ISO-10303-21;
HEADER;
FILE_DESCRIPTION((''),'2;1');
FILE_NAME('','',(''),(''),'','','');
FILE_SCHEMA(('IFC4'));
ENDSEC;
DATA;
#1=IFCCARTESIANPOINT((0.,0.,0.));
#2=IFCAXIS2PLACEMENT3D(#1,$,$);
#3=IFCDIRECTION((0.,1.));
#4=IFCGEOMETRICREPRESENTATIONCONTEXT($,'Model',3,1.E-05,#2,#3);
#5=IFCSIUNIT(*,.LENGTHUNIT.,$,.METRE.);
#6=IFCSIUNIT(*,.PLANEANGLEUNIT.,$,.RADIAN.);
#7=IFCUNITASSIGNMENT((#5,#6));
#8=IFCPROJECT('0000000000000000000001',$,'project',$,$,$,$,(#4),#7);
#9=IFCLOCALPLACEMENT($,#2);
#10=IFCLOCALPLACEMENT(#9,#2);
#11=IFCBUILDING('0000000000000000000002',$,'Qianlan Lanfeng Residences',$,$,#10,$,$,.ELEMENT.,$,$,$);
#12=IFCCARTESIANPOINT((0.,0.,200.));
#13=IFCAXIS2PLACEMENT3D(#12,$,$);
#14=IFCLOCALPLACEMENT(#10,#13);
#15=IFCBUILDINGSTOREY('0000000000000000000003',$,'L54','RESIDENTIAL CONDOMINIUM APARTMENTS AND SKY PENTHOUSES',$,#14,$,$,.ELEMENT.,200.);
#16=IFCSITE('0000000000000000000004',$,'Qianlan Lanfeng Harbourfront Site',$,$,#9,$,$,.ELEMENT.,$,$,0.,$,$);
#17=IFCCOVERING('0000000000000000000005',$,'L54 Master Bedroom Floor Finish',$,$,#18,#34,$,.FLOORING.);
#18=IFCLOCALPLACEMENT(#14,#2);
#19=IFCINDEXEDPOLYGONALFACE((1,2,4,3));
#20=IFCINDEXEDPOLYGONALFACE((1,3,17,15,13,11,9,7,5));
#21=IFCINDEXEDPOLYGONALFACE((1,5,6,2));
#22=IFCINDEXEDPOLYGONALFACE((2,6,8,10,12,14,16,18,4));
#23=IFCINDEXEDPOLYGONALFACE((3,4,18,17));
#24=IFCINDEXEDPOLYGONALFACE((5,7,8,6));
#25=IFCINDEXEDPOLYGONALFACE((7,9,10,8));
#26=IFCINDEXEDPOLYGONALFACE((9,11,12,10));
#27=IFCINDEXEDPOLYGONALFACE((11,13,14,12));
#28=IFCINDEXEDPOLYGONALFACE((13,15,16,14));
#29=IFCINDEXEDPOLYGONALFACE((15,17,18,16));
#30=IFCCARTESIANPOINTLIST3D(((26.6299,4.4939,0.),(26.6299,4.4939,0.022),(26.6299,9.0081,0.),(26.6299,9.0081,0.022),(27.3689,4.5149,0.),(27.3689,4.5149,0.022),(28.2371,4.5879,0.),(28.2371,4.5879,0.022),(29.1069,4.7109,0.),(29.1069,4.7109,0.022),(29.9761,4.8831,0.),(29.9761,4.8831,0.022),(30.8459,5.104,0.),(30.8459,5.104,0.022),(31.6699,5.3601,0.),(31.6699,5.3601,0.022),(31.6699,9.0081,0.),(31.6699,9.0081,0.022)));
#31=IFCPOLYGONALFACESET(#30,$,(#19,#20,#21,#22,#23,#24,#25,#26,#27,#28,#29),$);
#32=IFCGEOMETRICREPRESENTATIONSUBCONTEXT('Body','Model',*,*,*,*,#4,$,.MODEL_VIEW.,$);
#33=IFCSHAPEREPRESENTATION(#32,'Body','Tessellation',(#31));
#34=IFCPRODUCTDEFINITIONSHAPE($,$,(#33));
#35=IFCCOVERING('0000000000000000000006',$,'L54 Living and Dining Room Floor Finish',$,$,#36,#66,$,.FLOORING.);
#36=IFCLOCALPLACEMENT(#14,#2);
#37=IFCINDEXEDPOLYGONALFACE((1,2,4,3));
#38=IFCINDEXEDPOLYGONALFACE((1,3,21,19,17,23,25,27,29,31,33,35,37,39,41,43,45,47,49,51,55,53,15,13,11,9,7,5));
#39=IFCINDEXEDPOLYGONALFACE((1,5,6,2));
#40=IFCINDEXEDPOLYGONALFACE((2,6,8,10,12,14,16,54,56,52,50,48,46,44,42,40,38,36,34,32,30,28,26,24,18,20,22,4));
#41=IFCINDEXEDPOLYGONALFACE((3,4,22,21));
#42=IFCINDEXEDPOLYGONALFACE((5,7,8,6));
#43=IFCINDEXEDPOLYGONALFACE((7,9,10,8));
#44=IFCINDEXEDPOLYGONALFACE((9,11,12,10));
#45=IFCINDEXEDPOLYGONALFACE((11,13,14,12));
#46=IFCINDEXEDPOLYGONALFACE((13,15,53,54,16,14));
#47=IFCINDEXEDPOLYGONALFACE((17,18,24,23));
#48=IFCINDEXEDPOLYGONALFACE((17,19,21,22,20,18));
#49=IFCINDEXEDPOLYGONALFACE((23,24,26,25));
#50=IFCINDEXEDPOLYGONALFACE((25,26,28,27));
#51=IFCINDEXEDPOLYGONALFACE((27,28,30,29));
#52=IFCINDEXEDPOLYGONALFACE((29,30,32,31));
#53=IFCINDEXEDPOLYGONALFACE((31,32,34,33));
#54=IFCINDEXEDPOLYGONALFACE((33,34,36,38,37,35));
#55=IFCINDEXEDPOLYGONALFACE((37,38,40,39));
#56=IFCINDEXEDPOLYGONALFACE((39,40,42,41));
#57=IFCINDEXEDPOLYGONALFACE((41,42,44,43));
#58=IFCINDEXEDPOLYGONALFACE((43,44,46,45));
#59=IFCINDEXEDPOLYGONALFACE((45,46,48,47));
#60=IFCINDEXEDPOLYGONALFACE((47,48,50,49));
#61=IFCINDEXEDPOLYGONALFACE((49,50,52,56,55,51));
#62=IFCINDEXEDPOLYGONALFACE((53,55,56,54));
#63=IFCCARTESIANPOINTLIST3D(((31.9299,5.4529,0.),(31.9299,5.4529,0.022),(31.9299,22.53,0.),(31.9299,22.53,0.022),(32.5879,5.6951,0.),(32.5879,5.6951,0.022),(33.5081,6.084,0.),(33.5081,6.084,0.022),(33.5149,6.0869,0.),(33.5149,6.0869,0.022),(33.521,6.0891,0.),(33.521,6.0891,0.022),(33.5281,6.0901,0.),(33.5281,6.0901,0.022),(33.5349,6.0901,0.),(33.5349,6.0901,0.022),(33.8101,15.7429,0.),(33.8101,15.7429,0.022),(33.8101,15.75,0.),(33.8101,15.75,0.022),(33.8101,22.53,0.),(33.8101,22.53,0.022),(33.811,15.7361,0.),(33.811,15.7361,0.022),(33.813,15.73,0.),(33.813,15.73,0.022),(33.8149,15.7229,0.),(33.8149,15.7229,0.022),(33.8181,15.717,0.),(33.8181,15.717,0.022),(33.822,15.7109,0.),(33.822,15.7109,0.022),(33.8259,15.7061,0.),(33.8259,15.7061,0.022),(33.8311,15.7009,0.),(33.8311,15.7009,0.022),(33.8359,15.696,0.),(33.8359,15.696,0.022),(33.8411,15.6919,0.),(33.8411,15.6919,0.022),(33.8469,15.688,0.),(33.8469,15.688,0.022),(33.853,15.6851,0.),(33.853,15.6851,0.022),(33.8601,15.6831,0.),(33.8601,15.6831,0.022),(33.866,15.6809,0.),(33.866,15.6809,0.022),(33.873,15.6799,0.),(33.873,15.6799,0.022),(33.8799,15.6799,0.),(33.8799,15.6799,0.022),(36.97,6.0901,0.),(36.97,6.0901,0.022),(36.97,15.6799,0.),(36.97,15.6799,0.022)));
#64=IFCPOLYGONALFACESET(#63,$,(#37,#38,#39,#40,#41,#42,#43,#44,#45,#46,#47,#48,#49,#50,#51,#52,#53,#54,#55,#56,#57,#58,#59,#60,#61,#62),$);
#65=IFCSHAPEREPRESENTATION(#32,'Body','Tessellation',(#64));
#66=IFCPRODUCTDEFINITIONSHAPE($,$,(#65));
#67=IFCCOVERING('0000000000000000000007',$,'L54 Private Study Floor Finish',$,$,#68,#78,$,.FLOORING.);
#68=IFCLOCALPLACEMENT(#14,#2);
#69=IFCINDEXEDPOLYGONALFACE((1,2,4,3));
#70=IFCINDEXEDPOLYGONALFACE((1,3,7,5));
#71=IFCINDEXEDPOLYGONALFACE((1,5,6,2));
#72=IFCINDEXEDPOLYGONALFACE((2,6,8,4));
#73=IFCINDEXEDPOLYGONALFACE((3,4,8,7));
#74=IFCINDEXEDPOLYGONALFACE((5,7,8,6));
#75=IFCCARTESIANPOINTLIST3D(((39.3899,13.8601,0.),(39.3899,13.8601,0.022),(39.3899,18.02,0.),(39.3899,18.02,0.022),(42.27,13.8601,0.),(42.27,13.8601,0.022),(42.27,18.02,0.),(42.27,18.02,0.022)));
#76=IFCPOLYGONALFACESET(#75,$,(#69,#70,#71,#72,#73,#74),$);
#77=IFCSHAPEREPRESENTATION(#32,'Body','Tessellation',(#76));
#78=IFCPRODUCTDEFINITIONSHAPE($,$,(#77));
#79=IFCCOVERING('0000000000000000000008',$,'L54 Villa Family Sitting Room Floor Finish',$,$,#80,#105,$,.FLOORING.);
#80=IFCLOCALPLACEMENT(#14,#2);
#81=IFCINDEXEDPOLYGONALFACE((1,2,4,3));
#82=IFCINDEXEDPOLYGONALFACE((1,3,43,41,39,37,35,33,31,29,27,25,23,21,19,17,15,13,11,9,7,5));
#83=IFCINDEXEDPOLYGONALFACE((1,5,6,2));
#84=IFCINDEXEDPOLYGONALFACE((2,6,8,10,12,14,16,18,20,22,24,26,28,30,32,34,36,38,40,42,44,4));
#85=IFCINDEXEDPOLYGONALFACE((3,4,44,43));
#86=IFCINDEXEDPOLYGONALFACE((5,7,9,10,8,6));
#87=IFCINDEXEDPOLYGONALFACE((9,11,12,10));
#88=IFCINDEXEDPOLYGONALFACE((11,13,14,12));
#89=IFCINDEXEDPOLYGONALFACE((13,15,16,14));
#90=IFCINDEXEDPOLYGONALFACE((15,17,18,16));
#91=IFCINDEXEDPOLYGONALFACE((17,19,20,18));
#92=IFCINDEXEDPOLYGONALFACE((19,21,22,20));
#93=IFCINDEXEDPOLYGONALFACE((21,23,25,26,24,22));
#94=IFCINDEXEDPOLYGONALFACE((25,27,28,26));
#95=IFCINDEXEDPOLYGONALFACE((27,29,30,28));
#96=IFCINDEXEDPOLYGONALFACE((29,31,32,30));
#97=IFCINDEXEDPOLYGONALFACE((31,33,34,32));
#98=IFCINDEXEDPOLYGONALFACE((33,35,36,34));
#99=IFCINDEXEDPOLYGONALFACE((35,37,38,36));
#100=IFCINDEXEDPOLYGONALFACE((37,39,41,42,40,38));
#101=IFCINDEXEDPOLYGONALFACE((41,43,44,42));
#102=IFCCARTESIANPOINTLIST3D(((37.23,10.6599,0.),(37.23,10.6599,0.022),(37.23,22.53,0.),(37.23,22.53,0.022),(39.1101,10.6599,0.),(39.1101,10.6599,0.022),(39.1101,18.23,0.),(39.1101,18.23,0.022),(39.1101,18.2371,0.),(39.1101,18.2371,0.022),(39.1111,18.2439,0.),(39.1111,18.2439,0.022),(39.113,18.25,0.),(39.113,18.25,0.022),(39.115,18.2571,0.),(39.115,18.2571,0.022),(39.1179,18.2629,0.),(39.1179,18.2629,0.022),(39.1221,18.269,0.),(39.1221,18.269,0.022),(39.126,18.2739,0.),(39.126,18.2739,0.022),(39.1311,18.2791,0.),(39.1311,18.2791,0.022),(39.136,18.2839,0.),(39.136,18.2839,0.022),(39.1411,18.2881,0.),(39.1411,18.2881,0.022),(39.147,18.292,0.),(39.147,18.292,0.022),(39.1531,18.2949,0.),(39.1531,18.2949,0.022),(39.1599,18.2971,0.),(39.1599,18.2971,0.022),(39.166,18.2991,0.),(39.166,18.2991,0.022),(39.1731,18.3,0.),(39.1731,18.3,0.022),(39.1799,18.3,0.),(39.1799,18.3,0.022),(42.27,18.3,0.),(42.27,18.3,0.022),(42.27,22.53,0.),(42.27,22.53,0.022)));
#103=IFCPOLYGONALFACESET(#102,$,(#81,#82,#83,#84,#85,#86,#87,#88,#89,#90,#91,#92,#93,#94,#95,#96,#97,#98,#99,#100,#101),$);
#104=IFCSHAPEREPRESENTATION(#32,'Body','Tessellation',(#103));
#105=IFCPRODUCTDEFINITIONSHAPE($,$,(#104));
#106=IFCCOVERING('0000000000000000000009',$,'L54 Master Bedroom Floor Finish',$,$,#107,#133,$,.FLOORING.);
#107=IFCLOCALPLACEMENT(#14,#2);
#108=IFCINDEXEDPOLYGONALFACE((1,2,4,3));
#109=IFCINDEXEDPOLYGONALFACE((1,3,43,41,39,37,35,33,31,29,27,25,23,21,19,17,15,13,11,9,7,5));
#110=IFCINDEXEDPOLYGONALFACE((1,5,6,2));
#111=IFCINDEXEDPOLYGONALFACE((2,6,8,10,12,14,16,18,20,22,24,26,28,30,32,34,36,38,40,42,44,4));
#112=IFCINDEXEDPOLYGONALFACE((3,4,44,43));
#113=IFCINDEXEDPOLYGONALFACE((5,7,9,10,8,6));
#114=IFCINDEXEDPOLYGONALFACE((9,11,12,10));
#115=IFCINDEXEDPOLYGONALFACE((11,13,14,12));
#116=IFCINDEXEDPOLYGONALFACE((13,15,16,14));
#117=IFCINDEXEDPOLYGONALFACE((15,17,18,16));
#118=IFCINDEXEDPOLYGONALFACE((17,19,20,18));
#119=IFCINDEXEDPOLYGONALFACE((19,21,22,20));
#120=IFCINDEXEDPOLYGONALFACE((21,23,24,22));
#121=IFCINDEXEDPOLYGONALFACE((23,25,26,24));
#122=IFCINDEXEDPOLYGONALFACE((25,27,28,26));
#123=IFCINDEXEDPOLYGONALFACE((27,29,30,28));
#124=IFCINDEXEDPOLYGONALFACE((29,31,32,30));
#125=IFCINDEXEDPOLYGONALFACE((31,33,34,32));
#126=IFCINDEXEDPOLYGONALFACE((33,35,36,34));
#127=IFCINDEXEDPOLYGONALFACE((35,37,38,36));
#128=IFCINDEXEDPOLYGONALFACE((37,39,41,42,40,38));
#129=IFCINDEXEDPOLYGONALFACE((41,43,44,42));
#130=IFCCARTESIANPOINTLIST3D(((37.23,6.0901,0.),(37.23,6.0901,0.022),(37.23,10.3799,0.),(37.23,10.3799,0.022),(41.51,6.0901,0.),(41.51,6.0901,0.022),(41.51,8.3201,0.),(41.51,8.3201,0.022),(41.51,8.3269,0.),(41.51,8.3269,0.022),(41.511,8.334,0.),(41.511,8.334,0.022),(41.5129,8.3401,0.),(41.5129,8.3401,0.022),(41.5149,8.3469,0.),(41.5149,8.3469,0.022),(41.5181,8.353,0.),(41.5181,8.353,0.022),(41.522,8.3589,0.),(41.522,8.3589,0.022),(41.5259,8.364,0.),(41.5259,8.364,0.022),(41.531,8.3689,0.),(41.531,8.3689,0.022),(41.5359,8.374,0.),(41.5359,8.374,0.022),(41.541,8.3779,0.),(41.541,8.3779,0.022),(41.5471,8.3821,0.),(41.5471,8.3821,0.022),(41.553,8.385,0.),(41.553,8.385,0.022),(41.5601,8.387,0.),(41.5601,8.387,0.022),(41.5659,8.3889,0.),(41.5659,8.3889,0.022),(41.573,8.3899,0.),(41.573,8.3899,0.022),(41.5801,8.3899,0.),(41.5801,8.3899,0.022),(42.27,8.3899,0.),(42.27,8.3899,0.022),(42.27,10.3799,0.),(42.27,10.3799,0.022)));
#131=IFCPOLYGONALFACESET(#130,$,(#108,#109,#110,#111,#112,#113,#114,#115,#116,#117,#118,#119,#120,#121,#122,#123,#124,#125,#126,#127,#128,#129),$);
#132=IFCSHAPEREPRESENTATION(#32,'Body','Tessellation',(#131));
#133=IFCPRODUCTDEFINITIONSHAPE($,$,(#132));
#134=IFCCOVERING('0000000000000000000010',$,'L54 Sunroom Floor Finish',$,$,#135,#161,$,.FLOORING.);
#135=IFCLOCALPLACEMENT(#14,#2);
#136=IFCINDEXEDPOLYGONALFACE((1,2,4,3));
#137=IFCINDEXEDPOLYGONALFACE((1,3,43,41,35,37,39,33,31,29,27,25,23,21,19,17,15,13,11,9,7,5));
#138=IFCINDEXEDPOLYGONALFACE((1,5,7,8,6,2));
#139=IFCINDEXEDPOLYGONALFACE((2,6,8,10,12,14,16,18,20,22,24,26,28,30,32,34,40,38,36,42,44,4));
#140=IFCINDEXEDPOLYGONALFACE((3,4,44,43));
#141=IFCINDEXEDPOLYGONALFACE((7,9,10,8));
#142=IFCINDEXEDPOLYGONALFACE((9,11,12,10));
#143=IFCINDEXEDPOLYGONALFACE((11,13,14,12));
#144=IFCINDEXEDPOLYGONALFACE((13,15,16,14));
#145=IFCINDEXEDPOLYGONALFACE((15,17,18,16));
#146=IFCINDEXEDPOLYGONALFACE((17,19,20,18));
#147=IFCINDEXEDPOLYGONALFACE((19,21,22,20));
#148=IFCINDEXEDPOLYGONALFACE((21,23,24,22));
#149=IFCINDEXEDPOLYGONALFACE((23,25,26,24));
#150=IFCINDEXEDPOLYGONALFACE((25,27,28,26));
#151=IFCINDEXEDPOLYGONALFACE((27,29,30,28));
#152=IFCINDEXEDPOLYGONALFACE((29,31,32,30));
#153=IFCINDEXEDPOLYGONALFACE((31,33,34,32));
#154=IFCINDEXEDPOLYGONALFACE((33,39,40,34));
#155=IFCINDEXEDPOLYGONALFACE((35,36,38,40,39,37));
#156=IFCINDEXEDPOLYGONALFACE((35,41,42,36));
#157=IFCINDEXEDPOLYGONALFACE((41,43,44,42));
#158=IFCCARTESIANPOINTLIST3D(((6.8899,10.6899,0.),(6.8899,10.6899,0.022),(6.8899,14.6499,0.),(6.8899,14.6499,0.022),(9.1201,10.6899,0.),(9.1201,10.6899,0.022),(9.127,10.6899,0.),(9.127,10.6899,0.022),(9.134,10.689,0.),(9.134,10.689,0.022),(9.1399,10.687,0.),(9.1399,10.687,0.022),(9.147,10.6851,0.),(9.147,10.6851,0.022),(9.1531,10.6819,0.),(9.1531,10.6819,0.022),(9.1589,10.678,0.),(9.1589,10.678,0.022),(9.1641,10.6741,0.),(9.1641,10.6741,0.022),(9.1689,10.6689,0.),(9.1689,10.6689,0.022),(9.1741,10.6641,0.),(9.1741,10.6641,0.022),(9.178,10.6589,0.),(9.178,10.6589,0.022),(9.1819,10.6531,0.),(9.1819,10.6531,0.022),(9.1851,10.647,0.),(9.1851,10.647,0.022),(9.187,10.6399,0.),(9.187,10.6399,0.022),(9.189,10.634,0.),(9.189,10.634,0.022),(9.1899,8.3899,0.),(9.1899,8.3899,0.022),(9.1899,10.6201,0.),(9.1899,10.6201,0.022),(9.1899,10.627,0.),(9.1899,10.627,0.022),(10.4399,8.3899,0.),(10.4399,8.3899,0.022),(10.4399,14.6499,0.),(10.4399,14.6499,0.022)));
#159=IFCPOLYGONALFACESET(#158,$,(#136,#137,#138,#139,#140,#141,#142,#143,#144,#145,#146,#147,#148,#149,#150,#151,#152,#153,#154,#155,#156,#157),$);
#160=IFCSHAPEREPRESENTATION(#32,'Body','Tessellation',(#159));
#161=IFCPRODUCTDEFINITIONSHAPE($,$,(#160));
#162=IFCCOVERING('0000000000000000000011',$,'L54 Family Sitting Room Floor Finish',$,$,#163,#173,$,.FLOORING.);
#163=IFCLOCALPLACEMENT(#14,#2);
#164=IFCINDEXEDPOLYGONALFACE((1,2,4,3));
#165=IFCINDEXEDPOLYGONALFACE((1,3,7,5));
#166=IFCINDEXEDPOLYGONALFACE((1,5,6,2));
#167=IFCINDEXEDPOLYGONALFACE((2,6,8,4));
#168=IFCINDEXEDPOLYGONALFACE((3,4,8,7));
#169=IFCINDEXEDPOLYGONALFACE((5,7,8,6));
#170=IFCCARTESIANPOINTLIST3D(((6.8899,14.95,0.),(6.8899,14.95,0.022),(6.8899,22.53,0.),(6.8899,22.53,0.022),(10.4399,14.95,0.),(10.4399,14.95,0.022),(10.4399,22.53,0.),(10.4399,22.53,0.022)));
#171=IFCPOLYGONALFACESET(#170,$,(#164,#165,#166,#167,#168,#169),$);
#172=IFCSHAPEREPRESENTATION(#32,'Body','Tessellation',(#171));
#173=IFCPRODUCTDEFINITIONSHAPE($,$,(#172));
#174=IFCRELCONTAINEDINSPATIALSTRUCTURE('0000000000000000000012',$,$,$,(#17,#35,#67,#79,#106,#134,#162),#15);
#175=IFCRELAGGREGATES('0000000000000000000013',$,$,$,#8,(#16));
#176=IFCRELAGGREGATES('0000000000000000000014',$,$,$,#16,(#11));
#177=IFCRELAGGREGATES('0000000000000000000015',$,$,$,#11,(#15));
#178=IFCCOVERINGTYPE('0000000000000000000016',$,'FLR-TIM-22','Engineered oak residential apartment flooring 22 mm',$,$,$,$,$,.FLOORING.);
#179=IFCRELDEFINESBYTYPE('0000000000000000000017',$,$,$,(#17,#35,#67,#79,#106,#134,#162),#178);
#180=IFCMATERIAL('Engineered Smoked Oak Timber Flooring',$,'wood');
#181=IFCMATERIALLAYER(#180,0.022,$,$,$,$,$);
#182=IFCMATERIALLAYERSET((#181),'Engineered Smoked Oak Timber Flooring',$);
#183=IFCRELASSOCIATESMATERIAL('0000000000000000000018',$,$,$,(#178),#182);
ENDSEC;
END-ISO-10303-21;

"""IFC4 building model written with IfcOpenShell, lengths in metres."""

from ifc_helpers import new_model, si_unit, direction, frame, origin, place, context, subcontext, project, spatial, polyline, outline, extrude, material, layer, layer_set, type_object, element, save


model = new_model("IFC4")

# Units and contexts
model_context = context("Model", 3, precision=1e-05, world=origin(), true_north=direction((0.0, 1.0)))
body_context = subcontext(model_context, "Body", "Model", "MODEL_VIEW")
ifc_project = project(units=[si_unit("LENGTHUNIT", "METRE"), si_unit("PLANEANGLEUNIT", "RADIAN")], contexts=[model_context])

# Site, building, storey
site_placement = place(None, origin())
site = spatial("IfcSite", under=ifc_project, at=site_placement, Name="Qianlan Lanfeng Harbourfront Site", CompositionType="ELEMENT", RefElevation=0.0)
building_placement = place(site_placement, origin())
building = spatial("IfcBuilding", under=site, at=building_placement, Name="Qianlan Lanfeng Residences", CompositionType="ELEMENT")
storey_placement = place(building_placement, frame((0.0, 0.0, 200.0)))
storey = spatial("IfcBuildingStorey", under=building, at=storey_placement, Name="L54", Description="RESIDENTIAL CONDOMINIUM APARTMENTS AND SKY PENTHOUSES", CompositionType="ELEMENT", Elevation=200.0)

# Coverings
ifc_material_1 = material(Name="Engineered Smoked Oak Timber Flooring", Category="wood")
ifc_layer_1 = layer(ifc_material_1, 0.022)
ifc_layer_set_1 = layer_set([ifc_layer_1], Name="Engineered Smoked Oak Timber Flooring")
covering_type_1 = type_object("IfcCoveringType", Name="FLR-TIM-22", Description="Engineered oak residential apartment flooring 22 mm", PredefinedType="FLOORING", material=ifc_layer_set_1)
covering_1_placement = place(storey_placement, origin())
element("IfcCovering", 1, at=covering_1_placement, inside=storey, type_object=covering_type_1, Name="L54 Master Bedroom Floor Finish", PredefinedType="FLOORING", context=body_context, shape_type="SweptSolid", body=[
    extrude(outline(polyline([(26.6299, 9.0081), (26.6299, 4.4939), (27.3689, 4.5149), (28.2371, 4.5879), (29.1069, 4.7109), (29.9761, 4.8831), (30.8459, 5.104), (31.6699, 5.3601), (31.6699, 9.0081), (26.6299, 9.0081)])), origin(), (0.0, 0.0, 1.0), 0.022),
])
covering_2_placement = place(storey_placement, origin())
element("IfcCovering", 2, at=covering_2_placement, inside=storey, type_object=covering_type_1, Name="L54 Living and Dining Room Floor Finish", PredefinedType="FLOORING", context=body_context, shape_type="SweptSolid", body=[
    extrude(outline(polyline([(36.97, 6.0901), (36.97, 15.6799), (33.8799, 15.6799), (33.873, 15.6799), (33.866, 15.6809), (33.8601, 15.6831), (33.853, 15.6851), (33.8469, 15.688), (33.8411, 15.6919), (33.8359, 15.696), (33.8311, 15.7009), (33.8259, 15.7061), (33.822, 15.7109), (33.8181, 15.717), (33.8149, 15.7229), (33.813, 15.73), (33.811, 15.7361), (33.8101, 15.7429), (33.8101, 15.75), (33.8101, 22.53), (31.9299, 22.53), (31.9299, 5.4529), (32.5879, 5.6951), (33.5081, 6.084), (33.5149, 6.0869), (33.521, 6.0891), (33.5281, 6.0901), (33.5349, 6.0901), (36.97, 6.0901)])), origin(), (0.0, 0.0, 1.0), 0.022),
])
covering_3_placement = place(storey_placement, origin())
element("IfcCovering", 3, at=covering_3_placement, inside=storey, type_object=covering_type_1, Name="L54 Private Study Floor Finish", PredefinedType="FLOORING", context=body_context, shape_type="SweptSolid", body=[
    extrude(outline(polyline([(39.3899, 13.8601), (42.27, 13.8601), (42.27, 18.02), (39.3899, 18.02), (39.3899, 13.8601)])), origin(), (0.0, 0.0, 1.0), 0.022),
])
covering_4_placement = place(storey_placement, origin())
element("IfcCovering", 4, at=covering_4_placement, inside=storey, type_object=covering_type_1, Name="L54 Villa Family Sitting Room Floor Finish", PredefinedType="FLOORING", context=body_context, shape_type="SweptSolid", body=[
    extrude(outline(polyline([(37.23, 10.6599), (39.1101, 10.6599), (39.1101, 18.23), (39.1101, 18.2371), (39.1111, 18.2439), (39.113, 18.25), (39.115, 18.2571), (39.1179, 18.2629), (39.1221, 18.269), (39.126, 18.2739), (39.1311, 18.2791), (39.136, 18.2839), (39.1411, 18.2881), (39.147, 18.292), (39.1531, 18.2949), (39.1599, 18.2971), (39.166, 18.2991), (39.1731, 18.3), (39.1799, 18.3), (42.27, 18.3), (42.27, 22.53), (37.23, 22.53), (37.23, 10.6599)])), origin(), (0.0, 0.0, 1.0), 0.022),
])
covering_5_placement = place(storey_placement, origin())
element("IfcCovering", 5, at=covering_5_placement, inside=storey, type_object=covering_type_1, Name="L54 Master Bedroom Floor Finish", PredefinedType="FLOORING", context=body_context, shape_type="SweptSolid", body=[
    extrude(outline(polyline([(37.23, 10.3799), (37.23, 6.0901), (41.51, 6.0901), (41.51, 8.3201), (41.51, 8.3269), (41.511, 8.334), (41.5129, 8.3401), (41.5149, 8.3469), (41.5181, 8.353), (41.522, 8.3589), (41.5259, 8.364), (41.531, 8.3689), (41.5359, 8.374), (41.541, 8.3779), (41.5471, 8.3821), (41.553, 8.385), (41.5601, 8.387), (41.5659, 8.3889), (41.573, 8.3899), (41.5801, 8.3899), (42.27, 8.3899), (42.27, 10.3799), (37.23, 10.3799)])), origin(), (0.0, 0.0, 1.0), 0.022),
])
covering_6_placement = place(storey_placement, origin())
element("IfcCovering", 6, at=covering_6_placement, inside=storey, type_object=covering_type_1, Name="L54 Sunroom Floor Finish", PredefinedType="FLOORING", context=body_context, shape_type="SweptSolid", body=[
    extrude(outline(polyline([(10.4399, 14.6499), (6.8899, 14.6499), (6.8899, 10.6899), (9.1201, 10.6899), (9.127, 10.6899), (9.134, 10.689), (9.1399, 10.687), (9.147, 10.6851), (9.1531, 10.6819), (9.1589, 10.678), (9.1641, 10.6741), (9.1689, 10.6689), (9.1741, 10.6641), (9.178, 10.6589), (9.1819, 10.6531), (9.1851, 10.647), (9.187, 10.6399), (9.189, 10.634), (9.1899, 10.627), (9.1899, 10.6201), (9.1899, 8.3899), (10.4399, 8.3899), (10.4399, 14.6499)])), origin(), (0.0, 0.0, 1.0), 0.022),
])
covering_7_placement = place(storey_placement, origin())
element("IfcCovering", 7, at=covering_7_placement, inside=storey, type_object=covering_type_1, Name="L54 Family Sitting Room Floor Finish", PredefinedType="FLOORING", context=body_context, shape_type="SweptSolid", body=[
    extrude(outline(polyline([(10.4399, 22.53), (6.8899, 22.53), (6.8899, 14.95), (10.4399, 14.95), (10.4399, 22.53)])), origin(), (0.0, 0.0, 1.0), 0.022),
])

save(model, "model.ifc")
